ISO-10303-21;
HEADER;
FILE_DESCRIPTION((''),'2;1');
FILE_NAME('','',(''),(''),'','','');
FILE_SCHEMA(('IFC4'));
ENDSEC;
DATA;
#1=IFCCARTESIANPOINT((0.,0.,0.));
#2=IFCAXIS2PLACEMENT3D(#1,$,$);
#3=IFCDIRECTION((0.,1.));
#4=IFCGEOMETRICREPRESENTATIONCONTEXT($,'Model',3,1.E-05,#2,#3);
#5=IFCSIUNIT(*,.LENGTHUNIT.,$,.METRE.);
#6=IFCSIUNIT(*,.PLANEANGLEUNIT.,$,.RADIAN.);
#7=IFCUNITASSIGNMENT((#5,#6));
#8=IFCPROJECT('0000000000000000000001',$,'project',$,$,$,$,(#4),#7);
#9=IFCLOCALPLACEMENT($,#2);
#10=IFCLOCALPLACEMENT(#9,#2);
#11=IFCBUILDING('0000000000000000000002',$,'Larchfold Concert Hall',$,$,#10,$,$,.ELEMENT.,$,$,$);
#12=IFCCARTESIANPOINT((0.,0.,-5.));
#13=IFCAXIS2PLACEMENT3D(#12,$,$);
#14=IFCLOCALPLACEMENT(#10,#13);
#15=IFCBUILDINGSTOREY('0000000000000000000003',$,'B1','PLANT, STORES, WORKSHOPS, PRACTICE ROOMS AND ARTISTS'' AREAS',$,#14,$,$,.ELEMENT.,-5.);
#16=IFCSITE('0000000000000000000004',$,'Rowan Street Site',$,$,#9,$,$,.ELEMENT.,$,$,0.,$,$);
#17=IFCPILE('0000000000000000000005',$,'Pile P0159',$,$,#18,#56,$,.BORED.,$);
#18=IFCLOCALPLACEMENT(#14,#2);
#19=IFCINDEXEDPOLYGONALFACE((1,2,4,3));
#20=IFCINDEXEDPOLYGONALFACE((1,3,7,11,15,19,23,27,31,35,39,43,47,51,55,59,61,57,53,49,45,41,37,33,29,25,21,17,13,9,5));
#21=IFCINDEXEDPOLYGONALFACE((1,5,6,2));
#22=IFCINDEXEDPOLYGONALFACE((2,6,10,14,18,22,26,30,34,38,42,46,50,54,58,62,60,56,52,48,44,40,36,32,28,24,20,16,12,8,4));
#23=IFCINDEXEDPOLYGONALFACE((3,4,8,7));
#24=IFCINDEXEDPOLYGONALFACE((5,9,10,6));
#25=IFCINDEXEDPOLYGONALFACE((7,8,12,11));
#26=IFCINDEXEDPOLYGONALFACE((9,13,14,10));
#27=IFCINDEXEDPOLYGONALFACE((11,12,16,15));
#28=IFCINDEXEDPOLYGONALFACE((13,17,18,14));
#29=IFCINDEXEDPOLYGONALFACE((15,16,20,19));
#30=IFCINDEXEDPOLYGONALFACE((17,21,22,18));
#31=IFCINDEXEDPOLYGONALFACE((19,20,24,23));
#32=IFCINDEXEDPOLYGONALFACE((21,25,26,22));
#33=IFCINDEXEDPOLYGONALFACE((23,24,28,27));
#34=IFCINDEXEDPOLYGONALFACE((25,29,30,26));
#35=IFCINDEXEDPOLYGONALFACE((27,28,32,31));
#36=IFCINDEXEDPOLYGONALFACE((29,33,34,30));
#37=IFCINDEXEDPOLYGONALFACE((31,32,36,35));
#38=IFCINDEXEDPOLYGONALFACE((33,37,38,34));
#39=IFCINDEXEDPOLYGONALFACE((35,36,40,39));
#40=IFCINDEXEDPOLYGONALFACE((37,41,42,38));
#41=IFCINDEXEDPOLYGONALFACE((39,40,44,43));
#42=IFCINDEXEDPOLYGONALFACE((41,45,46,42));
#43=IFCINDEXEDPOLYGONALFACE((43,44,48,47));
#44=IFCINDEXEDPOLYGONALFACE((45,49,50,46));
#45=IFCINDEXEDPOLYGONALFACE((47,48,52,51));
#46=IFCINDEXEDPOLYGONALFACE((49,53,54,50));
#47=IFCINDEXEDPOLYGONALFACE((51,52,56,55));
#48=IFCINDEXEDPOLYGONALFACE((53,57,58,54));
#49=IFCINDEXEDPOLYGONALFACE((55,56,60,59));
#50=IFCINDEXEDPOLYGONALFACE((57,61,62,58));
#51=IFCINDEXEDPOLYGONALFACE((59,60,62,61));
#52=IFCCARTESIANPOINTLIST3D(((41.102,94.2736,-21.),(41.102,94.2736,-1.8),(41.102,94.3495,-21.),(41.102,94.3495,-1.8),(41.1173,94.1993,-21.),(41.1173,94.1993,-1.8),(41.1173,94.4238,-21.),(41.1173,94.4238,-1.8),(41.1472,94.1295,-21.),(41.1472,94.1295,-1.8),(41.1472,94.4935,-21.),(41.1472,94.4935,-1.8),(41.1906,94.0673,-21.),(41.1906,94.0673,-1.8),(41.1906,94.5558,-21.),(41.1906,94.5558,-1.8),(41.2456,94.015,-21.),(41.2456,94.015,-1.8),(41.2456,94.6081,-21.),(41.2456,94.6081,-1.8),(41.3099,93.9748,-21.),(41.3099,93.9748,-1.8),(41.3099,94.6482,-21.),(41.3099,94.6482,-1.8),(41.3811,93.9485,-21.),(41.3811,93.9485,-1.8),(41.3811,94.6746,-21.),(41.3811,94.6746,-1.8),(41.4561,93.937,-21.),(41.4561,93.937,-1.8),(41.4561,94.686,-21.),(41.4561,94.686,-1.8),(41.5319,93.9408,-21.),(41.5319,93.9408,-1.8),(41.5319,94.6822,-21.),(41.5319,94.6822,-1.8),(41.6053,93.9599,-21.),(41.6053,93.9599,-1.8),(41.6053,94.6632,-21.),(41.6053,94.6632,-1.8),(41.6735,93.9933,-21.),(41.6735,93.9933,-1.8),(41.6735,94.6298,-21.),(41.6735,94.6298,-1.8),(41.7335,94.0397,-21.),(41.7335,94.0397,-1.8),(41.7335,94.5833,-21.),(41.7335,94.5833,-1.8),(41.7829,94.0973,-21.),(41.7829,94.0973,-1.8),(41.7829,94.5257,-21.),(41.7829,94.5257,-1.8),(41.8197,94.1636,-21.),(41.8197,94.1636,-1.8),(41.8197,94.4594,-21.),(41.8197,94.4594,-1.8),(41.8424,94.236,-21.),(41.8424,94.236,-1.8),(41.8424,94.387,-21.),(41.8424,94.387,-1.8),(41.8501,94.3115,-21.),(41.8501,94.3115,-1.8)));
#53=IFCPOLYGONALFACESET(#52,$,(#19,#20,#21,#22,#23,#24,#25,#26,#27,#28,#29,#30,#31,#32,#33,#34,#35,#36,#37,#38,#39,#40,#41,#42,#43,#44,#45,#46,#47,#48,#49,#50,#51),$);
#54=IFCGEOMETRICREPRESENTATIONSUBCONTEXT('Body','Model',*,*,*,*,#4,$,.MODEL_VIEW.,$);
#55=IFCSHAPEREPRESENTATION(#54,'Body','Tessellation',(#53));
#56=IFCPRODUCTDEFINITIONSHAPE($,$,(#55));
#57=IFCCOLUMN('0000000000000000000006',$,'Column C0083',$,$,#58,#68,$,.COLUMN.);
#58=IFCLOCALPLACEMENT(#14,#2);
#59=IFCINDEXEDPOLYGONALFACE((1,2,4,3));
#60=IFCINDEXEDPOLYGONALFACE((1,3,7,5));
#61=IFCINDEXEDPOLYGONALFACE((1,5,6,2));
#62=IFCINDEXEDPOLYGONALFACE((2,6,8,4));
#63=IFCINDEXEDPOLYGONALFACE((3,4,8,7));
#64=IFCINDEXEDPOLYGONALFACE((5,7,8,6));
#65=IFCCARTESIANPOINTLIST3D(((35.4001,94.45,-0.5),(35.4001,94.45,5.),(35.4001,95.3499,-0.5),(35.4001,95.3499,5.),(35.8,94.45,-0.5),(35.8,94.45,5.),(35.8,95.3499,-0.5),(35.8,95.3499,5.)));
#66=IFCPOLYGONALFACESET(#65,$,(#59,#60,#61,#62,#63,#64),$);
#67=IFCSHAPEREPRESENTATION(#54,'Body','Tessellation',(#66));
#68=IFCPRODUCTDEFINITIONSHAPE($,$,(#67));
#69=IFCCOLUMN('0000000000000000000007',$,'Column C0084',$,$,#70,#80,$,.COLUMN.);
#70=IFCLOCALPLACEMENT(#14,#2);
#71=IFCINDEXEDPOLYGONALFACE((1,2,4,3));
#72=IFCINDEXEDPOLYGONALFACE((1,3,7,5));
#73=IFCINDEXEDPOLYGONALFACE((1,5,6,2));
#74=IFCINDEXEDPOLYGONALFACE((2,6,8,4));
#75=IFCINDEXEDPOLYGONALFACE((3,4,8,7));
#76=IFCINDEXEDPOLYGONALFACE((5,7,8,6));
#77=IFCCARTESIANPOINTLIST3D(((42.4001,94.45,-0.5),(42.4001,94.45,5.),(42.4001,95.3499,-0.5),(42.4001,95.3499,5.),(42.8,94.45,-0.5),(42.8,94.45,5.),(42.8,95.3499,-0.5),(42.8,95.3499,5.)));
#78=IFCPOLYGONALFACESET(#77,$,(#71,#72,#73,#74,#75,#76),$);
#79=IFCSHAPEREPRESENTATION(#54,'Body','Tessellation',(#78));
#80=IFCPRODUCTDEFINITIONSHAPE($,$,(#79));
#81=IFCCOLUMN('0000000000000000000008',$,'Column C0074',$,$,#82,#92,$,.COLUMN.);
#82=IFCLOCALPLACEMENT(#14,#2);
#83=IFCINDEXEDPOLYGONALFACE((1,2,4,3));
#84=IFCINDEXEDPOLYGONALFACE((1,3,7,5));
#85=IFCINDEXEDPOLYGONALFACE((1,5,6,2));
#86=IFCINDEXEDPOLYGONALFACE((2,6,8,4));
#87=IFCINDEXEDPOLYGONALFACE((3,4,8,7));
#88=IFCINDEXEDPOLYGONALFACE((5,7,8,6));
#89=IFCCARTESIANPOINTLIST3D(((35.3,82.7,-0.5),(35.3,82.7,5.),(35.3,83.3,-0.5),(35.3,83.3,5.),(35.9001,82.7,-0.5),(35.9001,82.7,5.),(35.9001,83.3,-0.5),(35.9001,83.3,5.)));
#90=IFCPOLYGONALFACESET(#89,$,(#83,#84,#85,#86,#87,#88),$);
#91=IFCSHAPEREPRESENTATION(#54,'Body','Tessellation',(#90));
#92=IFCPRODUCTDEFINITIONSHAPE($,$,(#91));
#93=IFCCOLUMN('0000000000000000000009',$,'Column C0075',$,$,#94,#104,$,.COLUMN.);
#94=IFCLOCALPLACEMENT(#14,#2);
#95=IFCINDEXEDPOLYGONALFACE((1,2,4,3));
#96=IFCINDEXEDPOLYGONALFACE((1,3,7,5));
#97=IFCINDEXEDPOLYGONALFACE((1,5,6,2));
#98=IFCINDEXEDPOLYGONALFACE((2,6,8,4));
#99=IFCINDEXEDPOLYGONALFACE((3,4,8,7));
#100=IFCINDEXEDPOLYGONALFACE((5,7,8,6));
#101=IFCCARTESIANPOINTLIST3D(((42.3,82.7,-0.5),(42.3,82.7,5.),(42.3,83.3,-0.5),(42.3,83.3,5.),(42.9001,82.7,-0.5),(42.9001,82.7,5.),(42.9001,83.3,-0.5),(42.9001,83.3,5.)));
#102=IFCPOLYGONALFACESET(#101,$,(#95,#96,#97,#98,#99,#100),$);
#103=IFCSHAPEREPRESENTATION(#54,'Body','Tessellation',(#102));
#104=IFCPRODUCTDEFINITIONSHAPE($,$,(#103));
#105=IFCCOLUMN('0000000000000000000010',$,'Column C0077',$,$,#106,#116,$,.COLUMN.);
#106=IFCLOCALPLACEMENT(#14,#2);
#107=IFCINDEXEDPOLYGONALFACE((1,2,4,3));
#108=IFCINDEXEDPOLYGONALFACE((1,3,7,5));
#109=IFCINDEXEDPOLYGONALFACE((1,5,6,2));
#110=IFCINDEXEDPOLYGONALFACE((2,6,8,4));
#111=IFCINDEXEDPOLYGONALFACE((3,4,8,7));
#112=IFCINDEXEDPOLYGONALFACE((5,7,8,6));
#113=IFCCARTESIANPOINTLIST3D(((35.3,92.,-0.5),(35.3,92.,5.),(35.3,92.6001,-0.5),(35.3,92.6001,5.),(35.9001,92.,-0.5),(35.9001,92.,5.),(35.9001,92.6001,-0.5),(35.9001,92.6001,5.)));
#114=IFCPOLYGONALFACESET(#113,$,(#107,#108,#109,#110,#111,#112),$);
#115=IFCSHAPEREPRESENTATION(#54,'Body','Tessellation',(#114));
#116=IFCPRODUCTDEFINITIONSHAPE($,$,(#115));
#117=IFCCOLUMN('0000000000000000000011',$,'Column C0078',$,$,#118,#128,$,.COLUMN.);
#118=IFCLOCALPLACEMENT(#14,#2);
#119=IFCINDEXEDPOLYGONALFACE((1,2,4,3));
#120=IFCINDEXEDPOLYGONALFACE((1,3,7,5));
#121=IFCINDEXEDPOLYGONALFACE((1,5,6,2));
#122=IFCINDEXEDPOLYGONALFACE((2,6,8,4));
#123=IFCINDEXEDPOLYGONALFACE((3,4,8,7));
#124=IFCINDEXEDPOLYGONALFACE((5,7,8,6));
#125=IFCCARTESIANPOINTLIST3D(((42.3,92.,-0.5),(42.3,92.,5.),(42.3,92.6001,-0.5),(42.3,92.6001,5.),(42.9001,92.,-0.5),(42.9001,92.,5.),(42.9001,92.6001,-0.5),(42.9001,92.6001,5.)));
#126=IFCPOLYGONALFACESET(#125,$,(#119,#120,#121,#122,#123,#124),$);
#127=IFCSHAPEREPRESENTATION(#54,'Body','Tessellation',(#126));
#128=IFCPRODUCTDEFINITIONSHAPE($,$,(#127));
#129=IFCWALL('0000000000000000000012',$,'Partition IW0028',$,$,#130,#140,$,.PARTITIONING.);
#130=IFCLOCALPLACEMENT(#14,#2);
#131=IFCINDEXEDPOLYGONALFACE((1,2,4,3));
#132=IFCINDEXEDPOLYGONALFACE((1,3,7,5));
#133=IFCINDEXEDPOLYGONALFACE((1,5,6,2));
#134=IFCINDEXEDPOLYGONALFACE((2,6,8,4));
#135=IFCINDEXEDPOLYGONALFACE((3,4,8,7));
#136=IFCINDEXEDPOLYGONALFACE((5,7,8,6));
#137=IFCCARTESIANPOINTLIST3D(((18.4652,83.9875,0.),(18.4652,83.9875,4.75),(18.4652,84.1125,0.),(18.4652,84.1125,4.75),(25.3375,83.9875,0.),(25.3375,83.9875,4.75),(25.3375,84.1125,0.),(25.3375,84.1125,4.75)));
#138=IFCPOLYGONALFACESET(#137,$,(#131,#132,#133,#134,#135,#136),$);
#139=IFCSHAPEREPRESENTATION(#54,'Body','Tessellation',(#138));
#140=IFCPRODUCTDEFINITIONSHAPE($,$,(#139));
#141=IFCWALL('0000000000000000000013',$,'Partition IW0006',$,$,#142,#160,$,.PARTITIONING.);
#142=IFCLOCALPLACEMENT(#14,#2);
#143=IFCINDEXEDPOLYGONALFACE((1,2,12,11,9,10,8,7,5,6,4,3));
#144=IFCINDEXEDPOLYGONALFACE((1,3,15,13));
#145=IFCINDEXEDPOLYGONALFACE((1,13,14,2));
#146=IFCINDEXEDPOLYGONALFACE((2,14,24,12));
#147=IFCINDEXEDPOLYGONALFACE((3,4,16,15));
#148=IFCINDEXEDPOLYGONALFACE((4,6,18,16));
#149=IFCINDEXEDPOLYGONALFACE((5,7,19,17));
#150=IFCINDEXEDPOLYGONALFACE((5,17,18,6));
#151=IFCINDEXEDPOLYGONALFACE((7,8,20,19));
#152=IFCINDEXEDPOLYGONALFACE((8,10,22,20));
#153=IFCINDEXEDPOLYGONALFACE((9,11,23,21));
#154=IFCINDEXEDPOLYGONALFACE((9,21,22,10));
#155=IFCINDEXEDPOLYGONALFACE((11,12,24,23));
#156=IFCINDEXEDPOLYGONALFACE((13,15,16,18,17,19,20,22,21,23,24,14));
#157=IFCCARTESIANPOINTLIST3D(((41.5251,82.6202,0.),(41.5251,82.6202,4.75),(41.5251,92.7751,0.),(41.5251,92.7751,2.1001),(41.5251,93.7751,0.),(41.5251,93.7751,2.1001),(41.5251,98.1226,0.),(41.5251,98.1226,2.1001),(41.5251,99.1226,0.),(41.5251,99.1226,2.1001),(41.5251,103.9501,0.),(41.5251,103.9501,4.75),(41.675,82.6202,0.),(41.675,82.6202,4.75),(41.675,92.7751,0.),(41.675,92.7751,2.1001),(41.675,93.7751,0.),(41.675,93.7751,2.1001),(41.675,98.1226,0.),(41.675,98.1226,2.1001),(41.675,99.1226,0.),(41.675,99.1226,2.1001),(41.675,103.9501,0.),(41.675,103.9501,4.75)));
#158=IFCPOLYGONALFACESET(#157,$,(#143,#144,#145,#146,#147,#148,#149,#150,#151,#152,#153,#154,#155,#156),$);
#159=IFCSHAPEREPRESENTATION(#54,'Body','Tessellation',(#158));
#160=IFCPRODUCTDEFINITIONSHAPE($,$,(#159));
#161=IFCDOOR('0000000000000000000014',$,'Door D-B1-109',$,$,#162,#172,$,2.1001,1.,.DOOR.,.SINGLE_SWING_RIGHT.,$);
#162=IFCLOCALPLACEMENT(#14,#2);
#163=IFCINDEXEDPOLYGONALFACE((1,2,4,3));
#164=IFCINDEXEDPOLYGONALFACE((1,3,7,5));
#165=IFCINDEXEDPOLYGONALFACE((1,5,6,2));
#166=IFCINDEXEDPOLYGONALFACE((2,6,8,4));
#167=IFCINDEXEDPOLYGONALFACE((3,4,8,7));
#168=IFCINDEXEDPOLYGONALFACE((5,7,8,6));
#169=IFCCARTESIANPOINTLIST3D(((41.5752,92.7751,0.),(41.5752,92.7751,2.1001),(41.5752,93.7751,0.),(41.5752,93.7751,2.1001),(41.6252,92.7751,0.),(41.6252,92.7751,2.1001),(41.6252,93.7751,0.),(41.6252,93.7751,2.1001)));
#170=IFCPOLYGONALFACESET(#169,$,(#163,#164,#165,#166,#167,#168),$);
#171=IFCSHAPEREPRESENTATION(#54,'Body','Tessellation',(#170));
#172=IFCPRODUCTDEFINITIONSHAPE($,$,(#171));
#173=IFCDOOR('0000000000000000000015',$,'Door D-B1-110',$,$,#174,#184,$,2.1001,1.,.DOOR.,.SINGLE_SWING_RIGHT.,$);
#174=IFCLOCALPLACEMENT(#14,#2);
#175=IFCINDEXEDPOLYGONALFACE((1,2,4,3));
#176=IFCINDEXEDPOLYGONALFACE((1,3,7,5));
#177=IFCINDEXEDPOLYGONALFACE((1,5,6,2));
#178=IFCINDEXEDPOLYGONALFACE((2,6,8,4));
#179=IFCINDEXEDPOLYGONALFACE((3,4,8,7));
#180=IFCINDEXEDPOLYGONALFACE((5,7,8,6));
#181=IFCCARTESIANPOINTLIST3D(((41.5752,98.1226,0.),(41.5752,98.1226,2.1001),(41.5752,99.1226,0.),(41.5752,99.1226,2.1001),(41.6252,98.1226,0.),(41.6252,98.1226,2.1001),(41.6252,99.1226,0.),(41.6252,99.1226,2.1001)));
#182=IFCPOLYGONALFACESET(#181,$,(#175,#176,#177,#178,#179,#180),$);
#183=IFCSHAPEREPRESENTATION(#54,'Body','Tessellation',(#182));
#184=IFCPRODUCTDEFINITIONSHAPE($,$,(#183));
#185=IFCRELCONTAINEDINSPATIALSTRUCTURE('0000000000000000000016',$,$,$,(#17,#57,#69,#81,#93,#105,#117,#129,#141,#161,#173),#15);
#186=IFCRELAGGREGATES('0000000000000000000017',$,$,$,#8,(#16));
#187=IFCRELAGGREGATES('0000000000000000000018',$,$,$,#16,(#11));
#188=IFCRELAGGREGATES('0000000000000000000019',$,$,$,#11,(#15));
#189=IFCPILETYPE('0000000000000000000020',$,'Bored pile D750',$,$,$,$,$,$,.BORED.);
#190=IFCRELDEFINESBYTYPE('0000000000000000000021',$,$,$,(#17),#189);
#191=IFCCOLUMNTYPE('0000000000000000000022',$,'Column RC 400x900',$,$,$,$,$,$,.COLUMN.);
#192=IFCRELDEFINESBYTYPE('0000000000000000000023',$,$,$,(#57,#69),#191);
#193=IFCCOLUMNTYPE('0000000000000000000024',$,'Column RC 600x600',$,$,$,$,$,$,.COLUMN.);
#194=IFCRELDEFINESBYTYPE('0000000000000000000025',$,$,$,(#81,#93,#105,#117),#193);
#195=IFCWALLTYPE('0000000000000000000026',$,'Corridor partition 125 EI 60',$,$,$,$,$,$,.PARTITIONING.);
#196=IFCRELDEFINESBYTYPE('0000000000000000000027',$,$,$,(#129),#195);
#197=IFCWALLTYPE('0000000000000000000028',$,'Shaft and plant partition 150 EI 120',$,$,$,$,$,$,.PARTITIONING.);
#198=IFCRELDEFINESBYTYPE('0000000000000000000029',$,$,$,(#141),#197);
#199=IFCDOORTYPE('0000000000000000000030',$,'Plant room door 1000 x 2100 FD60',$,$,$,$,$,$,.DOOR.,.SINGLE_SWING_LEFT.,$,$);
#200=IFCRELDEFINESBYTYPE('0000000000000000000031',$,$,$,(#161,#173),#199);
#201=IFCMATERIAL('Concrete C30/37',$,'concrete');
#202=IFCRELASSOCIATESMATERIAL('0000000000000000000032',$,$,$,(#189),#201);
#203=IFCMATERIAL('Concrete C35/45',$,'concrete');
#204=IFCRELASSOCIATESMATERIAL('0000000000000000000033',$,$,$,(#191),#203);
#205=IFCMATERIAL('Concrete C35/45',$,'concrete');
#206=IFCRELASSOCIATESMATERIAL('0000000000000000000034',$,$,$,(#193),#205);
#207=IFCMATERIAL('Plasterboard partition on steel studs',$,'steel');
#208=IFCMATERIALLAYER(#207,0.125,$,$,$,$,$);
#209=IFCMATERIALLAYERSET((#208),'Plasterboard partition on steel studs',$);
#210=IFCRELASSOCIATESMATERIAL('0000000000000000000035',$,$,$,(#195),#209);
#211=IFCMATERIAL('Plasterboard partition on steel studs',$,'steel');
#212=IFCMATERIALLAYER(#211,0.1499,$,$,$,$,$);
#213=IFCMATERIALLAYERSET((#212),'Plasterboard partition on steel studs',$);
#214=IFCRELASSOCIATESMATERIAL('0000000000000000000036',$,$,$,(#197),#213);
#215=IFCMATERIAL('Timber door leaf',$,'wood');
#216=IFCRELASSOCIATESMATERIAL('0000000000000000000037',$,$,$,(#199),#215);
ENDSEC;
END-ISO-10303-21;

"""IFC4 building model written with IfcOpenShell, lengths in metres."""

from ifc_helpers import new_model, si_unit, direction, frame, frame_2d, origin, origin_2d, place, context, subcontext, project, spatial, rectangle, circle, extrude, material, layer, layer_set, material_profile, profile_set, type_object, element, fill, save


model = new_model("IFC4")

# Units and contexts
model_context = context("Model", 3, precision=1e-05, world=origin(), true_north=direction((0.0, 1.0)))
body_context = subcontext(model_context, "Body", "Model", "MODEL_VIEW")
ifc_project = project(units=[si_unit("LENGTHUNIT", "METRE"), si_unit("PLANEANGLEUNIT", "RADIAN")], contexts=[model_context])

# Site, building, storey
site_placement = place(None, origin())
site = spatial("IfcSite", under=ifc_project, at=site_placement, Name="Rowan Street Site", CompositionType="ELEMENT", RefElevation=0.0)
building_placement = place(site_placement, origin())
building = spatial("IfcBuilding", under=site, at=building_placement, Name="Larchfold Concert Hall", CompositionType="ELEMENT")
storey_placement = place(building_placement, frame((0.0, 0.0, -5.0)))
storey = spatial("IfcBuildingStorey", under=building, at=storey_placement, Name="B1", Description="PLANT, STORES, WORKSHOPS, PRACTICE ROOMS AND ARTISTS' AREAS", CompositionType="ELEMENT", Elevation=-5.0)

# Pile
ifc_material_1 = material(Name="Concrete C30/37", Category="concrete")
ifc_material_profile_1 = material_profile(ifc_material_1, circle(Radius=0.375, at=origin_2d()))
ifc_profile_set_1 = profile_set([ifc_material_profile_1], Name="Concrete C30/37")
pile_type_1 = type_object("IfcPileType", Name="Bored pile D750", PredefinedType="BORED", material=ifc_profile_set_1)
for number, where, z_axis, x_axis, name in (
    (1, (41.4751, 94.3115, -1.8), (0.0, 0.0, -1.0), (1.0, 0.0, 0.0), "Pile P0159"),
):
    element("IfcPile", number, at=place(storey_placement, frame(where, z_axis=z_axis, x_axis=x_axis)), inside=storey, type_object=pile_type_1, Name=name, PredefinedType="BORED", context=body_context, shape_type="SweptSolid", body=[
        extrude(circle(Radius=0.375, at=origin_2d()), origin(), (0.0, 0.0, 1.0), 19.2),
    ])

# Columns
ifc_material_2 = material(Name="Concrete C35/45", Category="concrete")
ifc_material_profile_2 = material_profile(ifc_material_2, rectangle(XDim=0.3999, YDim=0.8999, at=origin_2d()))
ifc_profile_set_2 = profile_set([ifc_material_profile_2], Name="Concrete C35/45")
column_type_1 = type_object("IfcColumnType", Name="Column RC 400x900", PredefinedType="COLUMN", material=ifc_profile_set_2)
for number, where, z_axis, x_axis, name in (
    (2, (35.6001, 94.8999, -0.5), (0.0, 0.0, 1.0), (1.0, 0.0, 0.0), "Column C0083"),
    (3, (42.6001, 94.8999, -0.5), (0.0, 0.0, 1.0), (1.0, 0.0, 0.0), "Column C0084"),
):
    element("IfcColumn", number, at=place(storey_placement, frame(where, z_axis=z_axis, x_axis=x_axis)), inside=storey, type_object=column_type_1, Name=name, PredefinedType="COLUMN", context=body_context, shape_type="SweptSolid", body=[
        extrude(rectangle(XDim=0.3999, YDim=0.8999, at=origin_2d()), origin(), (0.0, 0.0, 1.0), 5.5),
    ])
ifc_material_3 = material(Name="Concrete C35/45", Category="concrete")
ifc_material_profile_3 = material_profile(ifc_material_3, rectangle(XDim=0.6001, YDim=0.6001, at=origin_2d()))
ifc_profile_set_3 = profile_set([ifc_material_profile_3], Name="Concrete C35/45")
column_type_2 = type_object("IfcColumnType", Name="Column RC 600x600", PredefinedType="COLUMN", material=ifc_profile_set_3)
for number, where, z_axis, x_axis, name in (
    (4, (35.6001, 83.0, -0.5), (0.0, 0.0, 1.0), (1.0, 0.0, 0.0), "Column C0074"),
    (5, (42.6001, 83.0, -0.5), (0.0, 0.0, 1.0), (1.0, 0.0, 0.0), "Column C0075"),
    (6, (35.6001, 92.3, -0.5), (0.0, 0.0, 1.0), (1.0, 0.0, 0.0), "Column C0077"),
    (7, (42.6001, 92.3, -0.5), (0.0, 0.0, 1.0), (1.0, 0.0, 0.0), "Column C0078"),
):
    element("IfcColumn", number, at=place(storey_placement, frame(where, z_axis=z_axis, x_axis=x_axis)), inside=storey, type_object=column_type_2, Name=name, PredefinedType="COLUMN", context=body_context, shape_type="SweptSolid", body=[
        extrude(rectangle(XDim=0.6001, YDim=0.6001, at=origin_2d()), origin(), (0.0, 0.0, 1.0), 5.5),
    ])

# Wall
ifc_material_4 = material(Name="Plasterboard partition on steel studs", Category="steel")
ifc_layer_1 = layer(ifc_material_4, 0.125)
ifc_layer_set_1 = layer_set([ifc_layer_1], Name="Plasterboard partition on steel studs")
wall_type_1 = type_object("IfcWallType", Name="Corridor partition 125 EI 60", PredefinedType="PARTITIONING", material=ifc_layer_set_1)
wall_1_placement = place(storey_placement, frame((25.3374, 84.05, 0.0), z_axis=(0.0, 0.0, 1.0), x_axis=(-1.0, 0.0, 0.0)))
element("IfcWall", 8, at=wall_1_placement, inside=storey, type_object=wall_type_1, Name="Partition IW0028", PredefinedType="PARTITIONING", context=body_context, shape_type="SweptSolid", body=[
    extrude(rectangle(XDim=6.8723, YDim=0.125, at=frame_2d((3.436, 0.0))), origin(), (0.0, 0.0, 1.0), 4.75),
])

# Wall, openings, doors
ifc_material_5 = material(Name="Plasterboard partition on steel studs", Category="steel")
ifc_layer_2 = layer(ifc_material_5, 0.1499)
ifc_layer_set_2 = layer_set([ifc_layer_2], Name="Plasterboard partition on steel studs")
wall_type_2 = type_object("IfcWallType", Name="Shaft and plant partition 150 EI 120", PredefinedType="PARTITIONING", material=ifc_layer_set_2)
wall_2_placement = place(storey_placement, frame((41.6001, 82.6201, 0.0), z_axis=(0.0, 0.0, 1.0), x_axis=(0.0, 1.0, 0.0)))
wall_2 = element("IfcWall", 9, at=wall_2_placement, inside=storey, type_object=wall_type_2, Name="Partition IW0006", PredefinedType="PARTITIONING", context=body_context, shape_type="SweptSolid", body=[
    extrude(rectangle(XDim=21.3298, YDim=0.1499, at=frame_2d((10.665, 0.0))), origin(), (0.0, 0.0, 1.0), 4.75),
])
opening_1_placement = place(wall_2_placement, frame((10.155, 0.0, 0.0)))
opening_1 = element("IfcOpeningElement", 10, at=opening_1_placement, cuts=wall_2, PredefinedType="OPENING", context=body_context, shape_type="SweptSolid", body=[
    extrude(rectangle(XDim=1.0, YDim=2.1001, at=frame_2d((0.5, 1.05))), frame((0.0, 0.085, 0.0), z_axis=(0.0, -1.0, 0.0), x_axis=(1.0, 0.0, 0.0)), (0.0, 0.0, 1.0), 0.1699),
])
opening_2_placement = place(wall_2_placement, frame((15.5024, 0.0, 0.0)))
opening_2 = element("IfcOpeningElement", 11, at=opening_2_placement, cuts=wall_2, PredefinedType="OPENING", context=body_context, shape_type="SweptSolid", body=[
    extrude(rectangle(XDim=1.0, YDim=2.1001, at=frame_2d((0.5, 1.05))), frame((0.0, 0.085, 0.0), z_axis=(0.0, -1.0, 0.0), x_axis=(1.0, 0.0, 0.0)), (0.0, 0.0, 1.0), 0.1699),
])
ifc_material_6 = material(Name="Timber door leaf", Category="wood")
door_type = type_object("IfcDoorType", Name="Plant room door 1000 x 2100 FD60", OperationType="SINGLE_SWING_LEFT", PredefinedType="DOOR", material=ifc_material_6)
door_1_placement = place(opening_1_placement, origin())
door_1 = element("IfcDoor", 12, at=door_1_placement, inside=storey, type_object=door_type, Name="Door D-B1-109", OperationType="SINGLE_SWING_RIGHT", OverallHeight=2.1001, OverallWidth=1.0, PredefinedType="DOOR", context=body_context, shape_type="SweptSolid", body=[
    extrude(rectangle(XDim=1.0, YDim=2.1001, at=frame_2d((0.5, 1.05))), frame((0.0, 0.0249, 0.0), z_axis=(0.0, -1.0, 0.0), x_axis=(1.0, 0.0, 0.0)), (0.0, 0.0, 1.0), 0.05),
])
fill(opening_1, door_1)
door_2_placement = place(opening_2_placement, origin())
door_2 = element("IfcDoor", 13, at=door_2_placement, inside=storey, type_object=door_type, Name="Door D-B1-110", OperationType="SINGLE_SWING_RIGHT", OverallHeight=2.1001, OverallWidth=1.0, PredefinedType="DOOR", context=body_context, shape_type="SweptSolid", body=[
    extrude(rectangle(XDim=1.0, YDim=2.1001, at=frame_2d((0.5, 1.05))), frame((0.0, 0.0249, 0.0), z_axis=(0.0, -1.0, 0.0), x_axis=(1.0, 0.0, 0.0)), (0.0, 0.0, 1.0), 0.05),
])
fill(opening_2, door_2)

save(model, "model.ifc")
